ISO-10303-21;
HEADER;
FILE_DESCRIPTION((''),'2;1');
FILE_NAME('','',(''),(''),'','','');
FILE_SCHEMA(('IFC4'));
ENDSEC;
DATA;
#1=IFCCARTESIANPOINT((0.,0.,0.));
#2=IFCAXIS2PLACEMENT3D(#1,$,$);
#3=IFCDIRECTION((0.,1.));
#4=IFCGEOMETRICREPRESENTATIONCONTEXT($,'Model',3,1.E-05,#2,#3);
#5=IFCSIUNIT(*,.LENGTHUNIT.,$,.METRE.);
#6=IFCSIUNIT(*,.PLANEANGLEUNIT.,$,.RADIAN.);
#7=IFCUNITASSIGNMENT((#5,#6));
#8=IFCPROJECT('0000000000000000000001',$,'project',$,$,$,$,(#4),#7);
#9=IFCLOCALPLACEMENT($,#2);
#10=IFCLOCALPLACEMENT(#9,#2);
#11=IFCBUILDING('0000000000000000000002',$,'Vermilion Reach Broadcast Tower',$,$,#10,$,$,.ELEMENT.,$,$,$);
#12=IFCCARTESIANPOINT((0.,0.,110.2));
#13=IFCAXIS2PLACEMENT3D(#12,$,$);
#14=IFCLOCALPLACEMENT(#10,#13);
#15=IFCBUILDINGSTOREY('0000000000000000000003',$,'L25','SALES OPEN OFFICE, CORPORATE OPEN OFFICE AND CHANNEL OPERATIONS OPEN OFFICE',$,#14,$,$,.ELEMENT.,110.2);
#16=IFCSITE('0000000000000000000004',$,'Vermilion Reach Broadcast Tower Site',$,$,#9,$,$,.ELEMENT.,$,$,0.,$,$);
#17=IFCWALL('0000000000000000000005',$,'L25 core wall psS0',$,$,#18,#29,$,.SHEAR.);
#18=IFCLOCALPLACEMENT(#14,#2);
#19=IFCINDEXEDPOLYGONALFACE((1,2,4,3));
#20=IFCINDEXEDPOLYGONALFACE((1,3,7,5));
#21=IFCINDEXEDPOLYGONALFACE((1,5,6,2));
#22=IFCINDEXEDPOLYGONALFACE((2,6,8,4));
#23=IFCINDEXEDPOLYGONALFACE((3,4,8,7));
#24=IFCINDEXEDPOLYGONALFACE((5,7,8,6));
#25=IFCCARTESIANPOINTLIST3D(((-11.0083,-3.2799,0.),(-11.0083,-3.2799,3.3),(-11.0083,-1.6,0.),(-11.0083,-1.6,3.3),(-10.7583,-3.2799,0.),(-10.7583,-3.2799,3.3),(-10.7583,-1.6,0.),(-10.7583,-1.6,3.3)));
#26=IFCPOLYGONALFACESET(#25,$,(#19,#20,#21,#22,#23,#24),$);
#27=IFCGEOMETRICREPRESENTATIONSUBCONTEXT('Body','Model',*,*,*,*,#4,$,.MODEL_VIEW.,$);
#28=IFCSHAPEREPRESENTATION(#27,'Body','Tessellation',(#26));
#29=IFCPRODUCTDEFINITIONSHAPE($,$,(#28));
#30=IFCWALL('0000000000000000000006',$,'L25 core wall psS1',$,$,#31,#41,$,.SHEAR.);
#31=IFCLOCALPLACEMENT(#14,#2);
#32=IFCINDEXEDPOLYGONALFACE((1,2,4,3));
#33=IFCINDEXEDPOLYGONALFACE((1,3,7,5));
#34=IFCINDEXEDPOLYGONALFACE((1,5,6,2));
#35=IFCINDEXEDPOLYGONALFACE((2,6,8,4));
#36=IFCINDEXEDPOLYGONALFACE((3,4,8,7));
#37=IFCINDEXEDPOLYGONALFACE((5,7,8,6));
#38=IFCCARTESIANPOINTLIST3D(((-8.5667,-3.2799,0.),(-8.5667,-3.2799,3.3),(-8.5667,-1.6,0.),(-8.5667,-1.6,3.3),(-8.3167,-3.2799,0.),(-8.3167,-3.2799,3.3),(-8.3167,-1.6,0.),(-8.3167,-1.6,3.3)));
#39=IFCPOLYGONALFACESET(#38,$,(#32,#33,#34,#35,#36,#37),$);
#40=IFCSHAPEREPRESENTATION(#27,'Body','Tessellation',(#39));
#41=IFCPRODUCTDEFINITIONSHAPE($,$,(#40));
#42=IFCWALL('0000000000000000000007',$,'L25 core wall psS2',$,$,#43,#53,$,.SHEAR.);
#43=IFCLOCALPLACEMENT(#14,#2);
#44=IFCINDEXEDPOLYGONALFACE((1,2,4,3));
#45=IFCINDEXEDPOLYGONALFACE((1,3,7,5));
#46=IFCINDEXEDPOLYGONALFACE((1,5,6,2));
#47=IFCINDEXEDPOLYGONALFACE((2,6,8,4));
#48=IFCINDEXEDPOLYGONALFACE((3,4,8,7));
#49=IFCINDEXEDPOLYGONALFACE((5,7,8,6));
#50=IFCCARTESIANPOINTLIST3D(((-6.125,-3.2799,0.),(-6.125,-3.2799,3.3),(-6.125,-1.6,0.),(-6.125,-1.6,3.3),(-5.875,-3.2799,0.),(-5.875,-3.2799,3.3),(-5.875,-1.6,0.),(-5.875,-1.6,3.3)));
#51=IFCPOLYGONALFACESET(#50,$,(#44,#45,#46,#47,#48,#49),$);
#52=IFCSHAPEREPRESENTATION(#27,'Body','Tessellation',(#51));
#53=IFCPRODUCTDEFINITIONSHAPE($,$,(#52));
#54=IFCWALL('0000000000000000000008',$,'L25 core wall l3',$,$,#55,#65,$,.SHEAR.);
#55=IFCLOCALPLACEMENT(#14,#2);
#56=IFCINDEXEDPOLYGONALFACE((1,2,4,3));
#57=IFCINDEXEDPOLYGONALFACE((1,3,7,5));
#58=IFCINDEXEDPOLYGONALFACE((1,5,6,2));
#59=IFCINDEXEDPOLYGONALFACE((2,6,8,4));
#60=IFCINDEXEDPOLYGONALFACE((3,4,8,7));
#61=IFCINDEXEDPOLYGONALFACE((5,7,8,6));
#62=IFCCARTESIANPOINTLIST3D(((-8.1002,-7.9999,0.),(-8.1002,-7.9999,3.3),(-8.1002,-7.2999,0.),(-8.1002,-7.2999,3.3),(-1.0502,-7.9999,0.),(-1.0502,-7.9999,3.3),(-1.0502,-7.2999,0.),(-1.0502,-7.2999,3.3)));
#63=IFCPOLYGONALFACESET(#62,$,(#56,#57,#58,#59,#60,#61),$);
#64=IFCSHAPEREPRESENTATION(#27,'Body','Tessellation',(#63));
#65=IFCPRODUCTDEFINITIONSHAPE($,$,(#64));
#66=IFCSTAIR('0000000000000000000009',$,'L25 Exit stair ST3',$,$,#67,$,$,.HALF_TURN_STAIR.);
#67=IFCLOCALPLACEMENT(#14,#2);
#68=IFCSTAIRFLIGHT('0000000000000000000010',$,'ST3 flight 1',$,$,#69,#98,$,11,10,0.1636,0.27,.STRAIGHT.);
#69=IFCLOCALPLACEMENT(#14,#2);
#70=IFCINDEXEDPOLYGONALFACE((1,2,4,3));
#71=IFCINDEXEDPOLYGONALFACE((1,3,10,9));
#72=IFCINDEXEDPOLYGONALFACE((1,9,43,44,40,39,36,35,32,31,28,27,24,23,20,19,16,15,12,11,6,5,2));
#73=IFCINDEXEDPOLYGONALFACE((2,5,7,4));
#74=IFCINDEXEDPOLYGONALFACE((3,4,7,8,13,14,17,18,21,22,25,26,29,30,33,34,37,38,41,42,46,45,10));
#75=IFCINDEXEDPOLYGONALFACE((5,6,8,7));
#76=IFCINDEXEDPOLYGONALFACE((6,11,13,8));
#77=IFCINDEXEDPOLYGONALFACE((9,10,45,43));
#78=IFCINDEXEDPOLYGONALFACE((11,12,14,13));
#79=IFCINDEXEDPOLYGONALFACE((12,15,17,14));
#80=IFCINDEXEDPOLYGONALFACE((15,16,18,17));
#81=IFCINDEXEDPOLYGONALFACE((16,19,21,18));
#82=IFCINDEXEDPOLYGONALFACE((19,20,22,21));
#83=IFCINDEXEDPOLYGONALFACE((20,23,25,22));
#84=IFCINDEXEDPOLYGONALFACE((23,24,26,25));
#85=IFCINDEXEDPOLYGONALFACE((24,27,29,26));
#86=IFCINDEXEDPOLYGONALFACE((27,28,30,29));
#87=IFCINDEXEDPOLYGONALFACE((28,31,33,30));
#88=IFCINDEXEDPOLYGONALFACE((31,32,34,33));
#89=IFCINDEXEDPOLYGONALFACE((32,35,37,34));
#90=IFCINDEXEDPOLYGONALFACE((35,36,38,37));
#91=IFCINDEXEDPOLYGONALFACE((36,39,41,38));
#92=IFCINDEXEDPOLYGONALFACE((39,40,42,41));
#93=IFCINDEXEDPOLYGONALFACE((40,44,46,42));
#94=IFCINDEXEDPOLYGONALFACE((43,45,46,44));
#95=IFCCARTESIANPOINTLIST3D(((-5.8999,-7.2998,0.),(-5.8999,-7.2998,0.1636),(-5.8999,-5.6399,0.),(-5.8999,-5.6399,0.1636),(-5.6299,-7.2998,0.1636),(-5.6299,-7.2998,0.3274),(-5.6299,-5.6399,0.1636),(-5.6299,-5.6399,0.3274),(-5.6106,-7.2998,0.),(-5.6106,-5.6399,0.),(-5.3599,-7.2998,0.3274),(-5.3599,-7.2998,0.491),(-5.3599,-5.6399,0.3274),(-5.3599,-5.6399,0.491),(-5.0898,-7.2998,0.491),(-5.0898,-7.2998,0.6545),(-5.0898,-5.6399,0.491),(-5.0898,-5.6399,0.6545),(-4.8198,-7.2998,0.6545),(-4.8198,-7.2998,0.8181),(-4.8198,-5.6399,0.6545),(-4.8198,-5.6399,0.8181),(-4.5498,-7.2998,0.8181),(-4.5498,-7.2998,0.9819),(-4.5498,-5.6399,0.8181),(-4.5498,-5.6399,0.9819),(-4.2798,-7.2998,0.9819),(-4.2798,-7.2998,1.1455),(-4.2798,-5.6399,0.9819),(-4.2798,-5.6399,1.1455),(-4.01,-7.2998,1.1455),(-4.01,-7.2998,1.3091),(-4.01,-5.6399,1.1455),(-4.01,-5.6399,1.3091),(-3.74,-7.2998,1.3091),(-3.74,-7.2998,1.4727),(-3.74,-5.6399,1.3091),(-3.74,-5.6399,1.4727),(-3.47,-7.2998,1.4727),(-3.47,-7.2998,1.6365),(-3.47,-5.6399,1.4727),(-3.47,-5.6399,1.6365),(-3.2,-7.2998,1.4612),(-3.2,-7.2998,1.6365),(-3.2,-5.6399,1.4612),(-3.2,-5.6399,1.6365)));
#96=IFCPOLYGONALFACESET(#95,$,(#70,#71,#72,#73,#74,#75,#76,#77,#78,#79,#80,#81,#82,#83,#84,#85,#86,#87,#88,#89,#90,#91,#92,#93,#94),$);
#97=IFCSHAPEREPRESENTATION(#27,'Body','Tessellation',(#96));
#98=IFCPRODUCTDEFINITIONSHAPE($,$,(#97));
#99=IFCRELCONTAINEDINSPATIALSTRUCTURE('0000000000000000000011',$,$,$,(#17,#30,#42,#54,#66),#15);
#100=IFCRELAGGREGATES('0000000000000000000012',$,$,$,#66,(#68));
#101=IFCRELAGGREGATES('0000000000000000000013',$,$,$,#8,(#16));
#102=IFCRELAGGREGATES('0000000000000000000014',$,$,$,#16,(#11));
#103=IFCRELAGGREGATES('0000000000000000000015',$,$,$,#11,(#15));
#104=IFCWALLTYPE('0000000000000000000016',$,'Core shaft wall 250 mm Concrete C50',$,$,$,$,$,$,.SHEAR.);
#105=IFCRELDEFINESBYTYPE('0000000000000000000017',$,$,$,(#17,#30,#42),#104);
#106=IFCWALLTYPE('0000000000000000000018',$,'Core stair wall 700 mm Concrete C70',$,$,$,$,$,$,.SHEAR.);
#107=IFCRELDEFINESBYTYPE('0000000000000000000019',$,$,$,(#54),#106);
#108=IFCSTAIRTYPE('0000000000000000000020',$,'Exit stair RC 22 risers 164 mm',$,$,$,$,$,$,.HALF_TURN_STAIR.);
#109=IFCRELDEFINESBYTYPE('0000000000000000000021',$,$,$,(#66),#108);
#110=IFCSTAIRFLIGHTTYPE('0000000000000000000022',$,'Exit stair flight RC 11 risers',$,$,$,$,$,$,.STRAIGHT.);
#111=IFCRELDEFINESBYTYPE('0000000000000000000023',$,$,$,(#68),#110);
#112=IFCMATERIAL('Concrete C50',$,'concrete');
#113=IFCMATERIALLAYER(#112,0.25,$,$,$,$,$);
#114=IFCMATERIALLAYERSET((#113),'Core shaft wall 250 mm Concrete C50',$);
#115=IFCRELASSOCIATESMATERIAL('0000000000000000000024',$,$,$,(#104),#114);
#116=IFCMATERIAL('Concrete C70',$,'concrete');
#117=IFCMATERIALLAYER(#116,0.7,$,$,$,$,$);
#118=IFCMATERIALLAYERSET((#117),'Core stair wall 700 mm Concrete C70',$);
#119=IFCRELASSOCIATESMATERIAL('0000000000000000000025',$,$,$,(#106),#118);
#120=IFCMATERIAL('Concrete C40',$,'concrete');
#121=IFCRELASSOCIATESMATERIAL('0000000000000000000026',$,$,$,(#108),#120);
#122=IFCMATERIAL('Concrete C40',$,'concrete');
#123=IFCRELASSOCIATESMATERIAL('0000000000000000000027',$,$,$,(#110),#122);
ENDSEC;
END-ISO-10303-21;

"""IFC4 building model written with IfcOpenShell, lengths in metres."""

from ifc_helpers import new_model, si_unit, direction, frame, frame_2d, origin, place, context, subcontext, project, spatial, polyline, rectangle, outline, extrude, material, layer, layer_set, type_object, element, aggregate, save


model = new_model("IFC4")

# Units and contexts
model_context = context("Model", 3, precision=1e-05, world=origin(), true_north=direction((0.0, 1.0)))
body_context = subcontext(model_context, "Body", "Model", "MODEL_VIEW")
ifc_project = project(units=[si_unit("LENGTHUNIT", "METRE"), si_unit("PLANEANGLEUNIT", "RADIAN")], contexts=[model_context])

# Site, building, storey
site_placement = place(None, origin())
site = spatial("IfcSite", under=ifc_project, at=site_placement, Name="Vermilion Reach Broadcast Tower Site", CompositionType="ELEMENT", RefElevation=0.0)
building_placement = place(site_placement, origin())
building = spatial("IfcBuilding", under=site, at=building_placement, Name="Vermilion Reach Broadcast Tower", CompositionType="ELEMENT")
storey_placement = place(building_placement, frame((0.0, 0.0, 110.2)))
storey = spatial("IfcBuildingStorey", under=building, at=storey_placement, Name="L25", Description="SALES OPEN OFFICE, CORPORATE OPEN OFFICE AND CHANNEL OPERATIONS OPEN OFFICE", CompositionType="ELEMENT", Elevation=110.2)

# Walls
ifc_material_1 = material(Name="Concrete C50", Category="concrete")
ifc_layer_1 = layer(ifc_material_1, 0.25)
ifc_layer_set_1 = layer_set([ifc_layer_1], Name="Core shaft wall 250 mm Concrete C50")
wall_type_1 = type_object("IfcWallType", Name="Core shaft wall 250 mm Concrete C50", PredefinedType="SHEAR", material=ifc_layer_set_1)
for number, where, z_axis, x_axis, name in (
    (1, (-10.8833, -1.6001, 0.0), (0.0, 0.0, 1.0), (0.0, -1.0, 0.0), "L25 core wall psS0"),
    (2, (-8.4417, -1.6001, 0.0), (0.0, 0.0, 1.0), (0.0, -1.0, 0.0), "L25 core wall psS1"),
    (3, (-6.0, -1.6001, 0.0), (0.0, 0.0, 1.0), (0.0, -1.0, 0.0), "L25 core wall psS2"),
):
    element("IfcWall", number, at=place(storey_placement, frame(where, z_axis=z_axis, x_axis=x_axis)), inside=storey, type_object=wall_type_1, Name=name, PredefinedType="SHEAR", context=body_context, shape_type="SweptSolid", body=[
        extrude(rectangle(XDim=1.6799, YDim=0.25, at=frame_2d((0.8398, 0.0))), origin(), (0.0, 0.0, 1.0), 3.3),
    ])
ifc_material_2 = material(Name="Concrete C70", Category="concrete")
ifc_layer_2 = layer(ifc_material_2, 0.7)
ifc_layer_set_2 = layer_set([ifc_layer_2], Name="Core stair wall 700 mm Concrete C70")
wall_type_2 = type_object("IfcWallType", Name="Core stair wall 700 mm Concrete C70", PredefinedType="SHEAR", material=ifc_layer_set_2)
wall_1_placement = place(storey_placement, frame((-8.1001, -7.6499, 0.0), z_axis=(0.0, 0.0, 1.0), x_axis=(1.0, 0.0, 0.0)))
element("IfcWall", 4, at=wall_1_placement, inside=storey, type_object=wall_type_2, Name="L25 core wall l3", PredefinedType="SHEAR", context=body_context, shape_type="SweptSolid", body=[
    extrude(rectangle(XDim=7.05, YDim=0.7, at=frame_2d((3.5249, 0.0))), origin(), (0.0, 0.0, 1.0), 3.3),
])

# Stair, stair flight
ifc_material_3 = material(Name="Concrete C40", Category="concrete")
stair_type = type_object("IfcStairType", Name="Exit stair RC 22 risers 164 mm", PredefinedType="HALF_TURN_STAIR", material=ifc_material_3)
stair_placement = place(storey_placement, origin())
stair = element("IfcStair", 5, at=stair_placement, inside=storey, type_object=stair_type, Name="L25 Exit stair ST3", PredefinedType="HALF_TURN_STAIR")
ifc_material_4 = material(Name="Concrete C40", Category="concrete")
stair_flight_type = type_object("IfcStairFlightType", Name="Exit stair flight RC 11 risers", PredefinedType="STRAIGHT", material=ifc_material_4)
stair_flight_placement = place(storey_placement, frame((-5.8999, -6.47, 0.0), z_axis=(0.0, 0.0, 1.0), x_axis=(1.0, 0.0, 0.0)))
stair_flight = element("IfcStairFlight", 6, at=stair_flight_placement, type_object=stair_flight_type, Name="ST3 flight 1", NumberOfRisers=11, NumberOfTreads=10, PredefinedType="STRAIGHT", RiserHeight=0.1636, TreadLength=0.27, context=body_context, shape_type="SweptSolid", body=[
    extrude(outline(polyline([(0.0, 0.0), (0.0, 0.1636), (0.27, 0.1636), (0.27, 0.3274), (0.54, 0.3274), (0.54, 0.491), (0.8101, 0.491), (0.8101, 0.6545), (1.0801, 0.6545), (1.0801, 0.8181), (1.3501, 0.8181), (1.3501, 0.9819), (1.6201, 0.9819), (1.6201, 1.1455), (1.8899, 1.1455), (1.8899, 1.3091), (2.1599, 1.3091), (2.1599, 1.4727), (2.4299, 1.4727), (2.4299, 1.6365), (2.7, 1.6365), (2.7, 1.8), (2.7, 1.4612), (0.2893, 0.0), (0.0, 0.0)])), frame((0.0, 0.8301, 0.0), z_axis=(0.0, -1.0, 0.0), x_axis=(1.0, 0.0, 0.0)), (0.0, 0.0, 1.0), 1.6599),
])
aggregate(stair, [stair_flight])

save(model, "model.ifc")
